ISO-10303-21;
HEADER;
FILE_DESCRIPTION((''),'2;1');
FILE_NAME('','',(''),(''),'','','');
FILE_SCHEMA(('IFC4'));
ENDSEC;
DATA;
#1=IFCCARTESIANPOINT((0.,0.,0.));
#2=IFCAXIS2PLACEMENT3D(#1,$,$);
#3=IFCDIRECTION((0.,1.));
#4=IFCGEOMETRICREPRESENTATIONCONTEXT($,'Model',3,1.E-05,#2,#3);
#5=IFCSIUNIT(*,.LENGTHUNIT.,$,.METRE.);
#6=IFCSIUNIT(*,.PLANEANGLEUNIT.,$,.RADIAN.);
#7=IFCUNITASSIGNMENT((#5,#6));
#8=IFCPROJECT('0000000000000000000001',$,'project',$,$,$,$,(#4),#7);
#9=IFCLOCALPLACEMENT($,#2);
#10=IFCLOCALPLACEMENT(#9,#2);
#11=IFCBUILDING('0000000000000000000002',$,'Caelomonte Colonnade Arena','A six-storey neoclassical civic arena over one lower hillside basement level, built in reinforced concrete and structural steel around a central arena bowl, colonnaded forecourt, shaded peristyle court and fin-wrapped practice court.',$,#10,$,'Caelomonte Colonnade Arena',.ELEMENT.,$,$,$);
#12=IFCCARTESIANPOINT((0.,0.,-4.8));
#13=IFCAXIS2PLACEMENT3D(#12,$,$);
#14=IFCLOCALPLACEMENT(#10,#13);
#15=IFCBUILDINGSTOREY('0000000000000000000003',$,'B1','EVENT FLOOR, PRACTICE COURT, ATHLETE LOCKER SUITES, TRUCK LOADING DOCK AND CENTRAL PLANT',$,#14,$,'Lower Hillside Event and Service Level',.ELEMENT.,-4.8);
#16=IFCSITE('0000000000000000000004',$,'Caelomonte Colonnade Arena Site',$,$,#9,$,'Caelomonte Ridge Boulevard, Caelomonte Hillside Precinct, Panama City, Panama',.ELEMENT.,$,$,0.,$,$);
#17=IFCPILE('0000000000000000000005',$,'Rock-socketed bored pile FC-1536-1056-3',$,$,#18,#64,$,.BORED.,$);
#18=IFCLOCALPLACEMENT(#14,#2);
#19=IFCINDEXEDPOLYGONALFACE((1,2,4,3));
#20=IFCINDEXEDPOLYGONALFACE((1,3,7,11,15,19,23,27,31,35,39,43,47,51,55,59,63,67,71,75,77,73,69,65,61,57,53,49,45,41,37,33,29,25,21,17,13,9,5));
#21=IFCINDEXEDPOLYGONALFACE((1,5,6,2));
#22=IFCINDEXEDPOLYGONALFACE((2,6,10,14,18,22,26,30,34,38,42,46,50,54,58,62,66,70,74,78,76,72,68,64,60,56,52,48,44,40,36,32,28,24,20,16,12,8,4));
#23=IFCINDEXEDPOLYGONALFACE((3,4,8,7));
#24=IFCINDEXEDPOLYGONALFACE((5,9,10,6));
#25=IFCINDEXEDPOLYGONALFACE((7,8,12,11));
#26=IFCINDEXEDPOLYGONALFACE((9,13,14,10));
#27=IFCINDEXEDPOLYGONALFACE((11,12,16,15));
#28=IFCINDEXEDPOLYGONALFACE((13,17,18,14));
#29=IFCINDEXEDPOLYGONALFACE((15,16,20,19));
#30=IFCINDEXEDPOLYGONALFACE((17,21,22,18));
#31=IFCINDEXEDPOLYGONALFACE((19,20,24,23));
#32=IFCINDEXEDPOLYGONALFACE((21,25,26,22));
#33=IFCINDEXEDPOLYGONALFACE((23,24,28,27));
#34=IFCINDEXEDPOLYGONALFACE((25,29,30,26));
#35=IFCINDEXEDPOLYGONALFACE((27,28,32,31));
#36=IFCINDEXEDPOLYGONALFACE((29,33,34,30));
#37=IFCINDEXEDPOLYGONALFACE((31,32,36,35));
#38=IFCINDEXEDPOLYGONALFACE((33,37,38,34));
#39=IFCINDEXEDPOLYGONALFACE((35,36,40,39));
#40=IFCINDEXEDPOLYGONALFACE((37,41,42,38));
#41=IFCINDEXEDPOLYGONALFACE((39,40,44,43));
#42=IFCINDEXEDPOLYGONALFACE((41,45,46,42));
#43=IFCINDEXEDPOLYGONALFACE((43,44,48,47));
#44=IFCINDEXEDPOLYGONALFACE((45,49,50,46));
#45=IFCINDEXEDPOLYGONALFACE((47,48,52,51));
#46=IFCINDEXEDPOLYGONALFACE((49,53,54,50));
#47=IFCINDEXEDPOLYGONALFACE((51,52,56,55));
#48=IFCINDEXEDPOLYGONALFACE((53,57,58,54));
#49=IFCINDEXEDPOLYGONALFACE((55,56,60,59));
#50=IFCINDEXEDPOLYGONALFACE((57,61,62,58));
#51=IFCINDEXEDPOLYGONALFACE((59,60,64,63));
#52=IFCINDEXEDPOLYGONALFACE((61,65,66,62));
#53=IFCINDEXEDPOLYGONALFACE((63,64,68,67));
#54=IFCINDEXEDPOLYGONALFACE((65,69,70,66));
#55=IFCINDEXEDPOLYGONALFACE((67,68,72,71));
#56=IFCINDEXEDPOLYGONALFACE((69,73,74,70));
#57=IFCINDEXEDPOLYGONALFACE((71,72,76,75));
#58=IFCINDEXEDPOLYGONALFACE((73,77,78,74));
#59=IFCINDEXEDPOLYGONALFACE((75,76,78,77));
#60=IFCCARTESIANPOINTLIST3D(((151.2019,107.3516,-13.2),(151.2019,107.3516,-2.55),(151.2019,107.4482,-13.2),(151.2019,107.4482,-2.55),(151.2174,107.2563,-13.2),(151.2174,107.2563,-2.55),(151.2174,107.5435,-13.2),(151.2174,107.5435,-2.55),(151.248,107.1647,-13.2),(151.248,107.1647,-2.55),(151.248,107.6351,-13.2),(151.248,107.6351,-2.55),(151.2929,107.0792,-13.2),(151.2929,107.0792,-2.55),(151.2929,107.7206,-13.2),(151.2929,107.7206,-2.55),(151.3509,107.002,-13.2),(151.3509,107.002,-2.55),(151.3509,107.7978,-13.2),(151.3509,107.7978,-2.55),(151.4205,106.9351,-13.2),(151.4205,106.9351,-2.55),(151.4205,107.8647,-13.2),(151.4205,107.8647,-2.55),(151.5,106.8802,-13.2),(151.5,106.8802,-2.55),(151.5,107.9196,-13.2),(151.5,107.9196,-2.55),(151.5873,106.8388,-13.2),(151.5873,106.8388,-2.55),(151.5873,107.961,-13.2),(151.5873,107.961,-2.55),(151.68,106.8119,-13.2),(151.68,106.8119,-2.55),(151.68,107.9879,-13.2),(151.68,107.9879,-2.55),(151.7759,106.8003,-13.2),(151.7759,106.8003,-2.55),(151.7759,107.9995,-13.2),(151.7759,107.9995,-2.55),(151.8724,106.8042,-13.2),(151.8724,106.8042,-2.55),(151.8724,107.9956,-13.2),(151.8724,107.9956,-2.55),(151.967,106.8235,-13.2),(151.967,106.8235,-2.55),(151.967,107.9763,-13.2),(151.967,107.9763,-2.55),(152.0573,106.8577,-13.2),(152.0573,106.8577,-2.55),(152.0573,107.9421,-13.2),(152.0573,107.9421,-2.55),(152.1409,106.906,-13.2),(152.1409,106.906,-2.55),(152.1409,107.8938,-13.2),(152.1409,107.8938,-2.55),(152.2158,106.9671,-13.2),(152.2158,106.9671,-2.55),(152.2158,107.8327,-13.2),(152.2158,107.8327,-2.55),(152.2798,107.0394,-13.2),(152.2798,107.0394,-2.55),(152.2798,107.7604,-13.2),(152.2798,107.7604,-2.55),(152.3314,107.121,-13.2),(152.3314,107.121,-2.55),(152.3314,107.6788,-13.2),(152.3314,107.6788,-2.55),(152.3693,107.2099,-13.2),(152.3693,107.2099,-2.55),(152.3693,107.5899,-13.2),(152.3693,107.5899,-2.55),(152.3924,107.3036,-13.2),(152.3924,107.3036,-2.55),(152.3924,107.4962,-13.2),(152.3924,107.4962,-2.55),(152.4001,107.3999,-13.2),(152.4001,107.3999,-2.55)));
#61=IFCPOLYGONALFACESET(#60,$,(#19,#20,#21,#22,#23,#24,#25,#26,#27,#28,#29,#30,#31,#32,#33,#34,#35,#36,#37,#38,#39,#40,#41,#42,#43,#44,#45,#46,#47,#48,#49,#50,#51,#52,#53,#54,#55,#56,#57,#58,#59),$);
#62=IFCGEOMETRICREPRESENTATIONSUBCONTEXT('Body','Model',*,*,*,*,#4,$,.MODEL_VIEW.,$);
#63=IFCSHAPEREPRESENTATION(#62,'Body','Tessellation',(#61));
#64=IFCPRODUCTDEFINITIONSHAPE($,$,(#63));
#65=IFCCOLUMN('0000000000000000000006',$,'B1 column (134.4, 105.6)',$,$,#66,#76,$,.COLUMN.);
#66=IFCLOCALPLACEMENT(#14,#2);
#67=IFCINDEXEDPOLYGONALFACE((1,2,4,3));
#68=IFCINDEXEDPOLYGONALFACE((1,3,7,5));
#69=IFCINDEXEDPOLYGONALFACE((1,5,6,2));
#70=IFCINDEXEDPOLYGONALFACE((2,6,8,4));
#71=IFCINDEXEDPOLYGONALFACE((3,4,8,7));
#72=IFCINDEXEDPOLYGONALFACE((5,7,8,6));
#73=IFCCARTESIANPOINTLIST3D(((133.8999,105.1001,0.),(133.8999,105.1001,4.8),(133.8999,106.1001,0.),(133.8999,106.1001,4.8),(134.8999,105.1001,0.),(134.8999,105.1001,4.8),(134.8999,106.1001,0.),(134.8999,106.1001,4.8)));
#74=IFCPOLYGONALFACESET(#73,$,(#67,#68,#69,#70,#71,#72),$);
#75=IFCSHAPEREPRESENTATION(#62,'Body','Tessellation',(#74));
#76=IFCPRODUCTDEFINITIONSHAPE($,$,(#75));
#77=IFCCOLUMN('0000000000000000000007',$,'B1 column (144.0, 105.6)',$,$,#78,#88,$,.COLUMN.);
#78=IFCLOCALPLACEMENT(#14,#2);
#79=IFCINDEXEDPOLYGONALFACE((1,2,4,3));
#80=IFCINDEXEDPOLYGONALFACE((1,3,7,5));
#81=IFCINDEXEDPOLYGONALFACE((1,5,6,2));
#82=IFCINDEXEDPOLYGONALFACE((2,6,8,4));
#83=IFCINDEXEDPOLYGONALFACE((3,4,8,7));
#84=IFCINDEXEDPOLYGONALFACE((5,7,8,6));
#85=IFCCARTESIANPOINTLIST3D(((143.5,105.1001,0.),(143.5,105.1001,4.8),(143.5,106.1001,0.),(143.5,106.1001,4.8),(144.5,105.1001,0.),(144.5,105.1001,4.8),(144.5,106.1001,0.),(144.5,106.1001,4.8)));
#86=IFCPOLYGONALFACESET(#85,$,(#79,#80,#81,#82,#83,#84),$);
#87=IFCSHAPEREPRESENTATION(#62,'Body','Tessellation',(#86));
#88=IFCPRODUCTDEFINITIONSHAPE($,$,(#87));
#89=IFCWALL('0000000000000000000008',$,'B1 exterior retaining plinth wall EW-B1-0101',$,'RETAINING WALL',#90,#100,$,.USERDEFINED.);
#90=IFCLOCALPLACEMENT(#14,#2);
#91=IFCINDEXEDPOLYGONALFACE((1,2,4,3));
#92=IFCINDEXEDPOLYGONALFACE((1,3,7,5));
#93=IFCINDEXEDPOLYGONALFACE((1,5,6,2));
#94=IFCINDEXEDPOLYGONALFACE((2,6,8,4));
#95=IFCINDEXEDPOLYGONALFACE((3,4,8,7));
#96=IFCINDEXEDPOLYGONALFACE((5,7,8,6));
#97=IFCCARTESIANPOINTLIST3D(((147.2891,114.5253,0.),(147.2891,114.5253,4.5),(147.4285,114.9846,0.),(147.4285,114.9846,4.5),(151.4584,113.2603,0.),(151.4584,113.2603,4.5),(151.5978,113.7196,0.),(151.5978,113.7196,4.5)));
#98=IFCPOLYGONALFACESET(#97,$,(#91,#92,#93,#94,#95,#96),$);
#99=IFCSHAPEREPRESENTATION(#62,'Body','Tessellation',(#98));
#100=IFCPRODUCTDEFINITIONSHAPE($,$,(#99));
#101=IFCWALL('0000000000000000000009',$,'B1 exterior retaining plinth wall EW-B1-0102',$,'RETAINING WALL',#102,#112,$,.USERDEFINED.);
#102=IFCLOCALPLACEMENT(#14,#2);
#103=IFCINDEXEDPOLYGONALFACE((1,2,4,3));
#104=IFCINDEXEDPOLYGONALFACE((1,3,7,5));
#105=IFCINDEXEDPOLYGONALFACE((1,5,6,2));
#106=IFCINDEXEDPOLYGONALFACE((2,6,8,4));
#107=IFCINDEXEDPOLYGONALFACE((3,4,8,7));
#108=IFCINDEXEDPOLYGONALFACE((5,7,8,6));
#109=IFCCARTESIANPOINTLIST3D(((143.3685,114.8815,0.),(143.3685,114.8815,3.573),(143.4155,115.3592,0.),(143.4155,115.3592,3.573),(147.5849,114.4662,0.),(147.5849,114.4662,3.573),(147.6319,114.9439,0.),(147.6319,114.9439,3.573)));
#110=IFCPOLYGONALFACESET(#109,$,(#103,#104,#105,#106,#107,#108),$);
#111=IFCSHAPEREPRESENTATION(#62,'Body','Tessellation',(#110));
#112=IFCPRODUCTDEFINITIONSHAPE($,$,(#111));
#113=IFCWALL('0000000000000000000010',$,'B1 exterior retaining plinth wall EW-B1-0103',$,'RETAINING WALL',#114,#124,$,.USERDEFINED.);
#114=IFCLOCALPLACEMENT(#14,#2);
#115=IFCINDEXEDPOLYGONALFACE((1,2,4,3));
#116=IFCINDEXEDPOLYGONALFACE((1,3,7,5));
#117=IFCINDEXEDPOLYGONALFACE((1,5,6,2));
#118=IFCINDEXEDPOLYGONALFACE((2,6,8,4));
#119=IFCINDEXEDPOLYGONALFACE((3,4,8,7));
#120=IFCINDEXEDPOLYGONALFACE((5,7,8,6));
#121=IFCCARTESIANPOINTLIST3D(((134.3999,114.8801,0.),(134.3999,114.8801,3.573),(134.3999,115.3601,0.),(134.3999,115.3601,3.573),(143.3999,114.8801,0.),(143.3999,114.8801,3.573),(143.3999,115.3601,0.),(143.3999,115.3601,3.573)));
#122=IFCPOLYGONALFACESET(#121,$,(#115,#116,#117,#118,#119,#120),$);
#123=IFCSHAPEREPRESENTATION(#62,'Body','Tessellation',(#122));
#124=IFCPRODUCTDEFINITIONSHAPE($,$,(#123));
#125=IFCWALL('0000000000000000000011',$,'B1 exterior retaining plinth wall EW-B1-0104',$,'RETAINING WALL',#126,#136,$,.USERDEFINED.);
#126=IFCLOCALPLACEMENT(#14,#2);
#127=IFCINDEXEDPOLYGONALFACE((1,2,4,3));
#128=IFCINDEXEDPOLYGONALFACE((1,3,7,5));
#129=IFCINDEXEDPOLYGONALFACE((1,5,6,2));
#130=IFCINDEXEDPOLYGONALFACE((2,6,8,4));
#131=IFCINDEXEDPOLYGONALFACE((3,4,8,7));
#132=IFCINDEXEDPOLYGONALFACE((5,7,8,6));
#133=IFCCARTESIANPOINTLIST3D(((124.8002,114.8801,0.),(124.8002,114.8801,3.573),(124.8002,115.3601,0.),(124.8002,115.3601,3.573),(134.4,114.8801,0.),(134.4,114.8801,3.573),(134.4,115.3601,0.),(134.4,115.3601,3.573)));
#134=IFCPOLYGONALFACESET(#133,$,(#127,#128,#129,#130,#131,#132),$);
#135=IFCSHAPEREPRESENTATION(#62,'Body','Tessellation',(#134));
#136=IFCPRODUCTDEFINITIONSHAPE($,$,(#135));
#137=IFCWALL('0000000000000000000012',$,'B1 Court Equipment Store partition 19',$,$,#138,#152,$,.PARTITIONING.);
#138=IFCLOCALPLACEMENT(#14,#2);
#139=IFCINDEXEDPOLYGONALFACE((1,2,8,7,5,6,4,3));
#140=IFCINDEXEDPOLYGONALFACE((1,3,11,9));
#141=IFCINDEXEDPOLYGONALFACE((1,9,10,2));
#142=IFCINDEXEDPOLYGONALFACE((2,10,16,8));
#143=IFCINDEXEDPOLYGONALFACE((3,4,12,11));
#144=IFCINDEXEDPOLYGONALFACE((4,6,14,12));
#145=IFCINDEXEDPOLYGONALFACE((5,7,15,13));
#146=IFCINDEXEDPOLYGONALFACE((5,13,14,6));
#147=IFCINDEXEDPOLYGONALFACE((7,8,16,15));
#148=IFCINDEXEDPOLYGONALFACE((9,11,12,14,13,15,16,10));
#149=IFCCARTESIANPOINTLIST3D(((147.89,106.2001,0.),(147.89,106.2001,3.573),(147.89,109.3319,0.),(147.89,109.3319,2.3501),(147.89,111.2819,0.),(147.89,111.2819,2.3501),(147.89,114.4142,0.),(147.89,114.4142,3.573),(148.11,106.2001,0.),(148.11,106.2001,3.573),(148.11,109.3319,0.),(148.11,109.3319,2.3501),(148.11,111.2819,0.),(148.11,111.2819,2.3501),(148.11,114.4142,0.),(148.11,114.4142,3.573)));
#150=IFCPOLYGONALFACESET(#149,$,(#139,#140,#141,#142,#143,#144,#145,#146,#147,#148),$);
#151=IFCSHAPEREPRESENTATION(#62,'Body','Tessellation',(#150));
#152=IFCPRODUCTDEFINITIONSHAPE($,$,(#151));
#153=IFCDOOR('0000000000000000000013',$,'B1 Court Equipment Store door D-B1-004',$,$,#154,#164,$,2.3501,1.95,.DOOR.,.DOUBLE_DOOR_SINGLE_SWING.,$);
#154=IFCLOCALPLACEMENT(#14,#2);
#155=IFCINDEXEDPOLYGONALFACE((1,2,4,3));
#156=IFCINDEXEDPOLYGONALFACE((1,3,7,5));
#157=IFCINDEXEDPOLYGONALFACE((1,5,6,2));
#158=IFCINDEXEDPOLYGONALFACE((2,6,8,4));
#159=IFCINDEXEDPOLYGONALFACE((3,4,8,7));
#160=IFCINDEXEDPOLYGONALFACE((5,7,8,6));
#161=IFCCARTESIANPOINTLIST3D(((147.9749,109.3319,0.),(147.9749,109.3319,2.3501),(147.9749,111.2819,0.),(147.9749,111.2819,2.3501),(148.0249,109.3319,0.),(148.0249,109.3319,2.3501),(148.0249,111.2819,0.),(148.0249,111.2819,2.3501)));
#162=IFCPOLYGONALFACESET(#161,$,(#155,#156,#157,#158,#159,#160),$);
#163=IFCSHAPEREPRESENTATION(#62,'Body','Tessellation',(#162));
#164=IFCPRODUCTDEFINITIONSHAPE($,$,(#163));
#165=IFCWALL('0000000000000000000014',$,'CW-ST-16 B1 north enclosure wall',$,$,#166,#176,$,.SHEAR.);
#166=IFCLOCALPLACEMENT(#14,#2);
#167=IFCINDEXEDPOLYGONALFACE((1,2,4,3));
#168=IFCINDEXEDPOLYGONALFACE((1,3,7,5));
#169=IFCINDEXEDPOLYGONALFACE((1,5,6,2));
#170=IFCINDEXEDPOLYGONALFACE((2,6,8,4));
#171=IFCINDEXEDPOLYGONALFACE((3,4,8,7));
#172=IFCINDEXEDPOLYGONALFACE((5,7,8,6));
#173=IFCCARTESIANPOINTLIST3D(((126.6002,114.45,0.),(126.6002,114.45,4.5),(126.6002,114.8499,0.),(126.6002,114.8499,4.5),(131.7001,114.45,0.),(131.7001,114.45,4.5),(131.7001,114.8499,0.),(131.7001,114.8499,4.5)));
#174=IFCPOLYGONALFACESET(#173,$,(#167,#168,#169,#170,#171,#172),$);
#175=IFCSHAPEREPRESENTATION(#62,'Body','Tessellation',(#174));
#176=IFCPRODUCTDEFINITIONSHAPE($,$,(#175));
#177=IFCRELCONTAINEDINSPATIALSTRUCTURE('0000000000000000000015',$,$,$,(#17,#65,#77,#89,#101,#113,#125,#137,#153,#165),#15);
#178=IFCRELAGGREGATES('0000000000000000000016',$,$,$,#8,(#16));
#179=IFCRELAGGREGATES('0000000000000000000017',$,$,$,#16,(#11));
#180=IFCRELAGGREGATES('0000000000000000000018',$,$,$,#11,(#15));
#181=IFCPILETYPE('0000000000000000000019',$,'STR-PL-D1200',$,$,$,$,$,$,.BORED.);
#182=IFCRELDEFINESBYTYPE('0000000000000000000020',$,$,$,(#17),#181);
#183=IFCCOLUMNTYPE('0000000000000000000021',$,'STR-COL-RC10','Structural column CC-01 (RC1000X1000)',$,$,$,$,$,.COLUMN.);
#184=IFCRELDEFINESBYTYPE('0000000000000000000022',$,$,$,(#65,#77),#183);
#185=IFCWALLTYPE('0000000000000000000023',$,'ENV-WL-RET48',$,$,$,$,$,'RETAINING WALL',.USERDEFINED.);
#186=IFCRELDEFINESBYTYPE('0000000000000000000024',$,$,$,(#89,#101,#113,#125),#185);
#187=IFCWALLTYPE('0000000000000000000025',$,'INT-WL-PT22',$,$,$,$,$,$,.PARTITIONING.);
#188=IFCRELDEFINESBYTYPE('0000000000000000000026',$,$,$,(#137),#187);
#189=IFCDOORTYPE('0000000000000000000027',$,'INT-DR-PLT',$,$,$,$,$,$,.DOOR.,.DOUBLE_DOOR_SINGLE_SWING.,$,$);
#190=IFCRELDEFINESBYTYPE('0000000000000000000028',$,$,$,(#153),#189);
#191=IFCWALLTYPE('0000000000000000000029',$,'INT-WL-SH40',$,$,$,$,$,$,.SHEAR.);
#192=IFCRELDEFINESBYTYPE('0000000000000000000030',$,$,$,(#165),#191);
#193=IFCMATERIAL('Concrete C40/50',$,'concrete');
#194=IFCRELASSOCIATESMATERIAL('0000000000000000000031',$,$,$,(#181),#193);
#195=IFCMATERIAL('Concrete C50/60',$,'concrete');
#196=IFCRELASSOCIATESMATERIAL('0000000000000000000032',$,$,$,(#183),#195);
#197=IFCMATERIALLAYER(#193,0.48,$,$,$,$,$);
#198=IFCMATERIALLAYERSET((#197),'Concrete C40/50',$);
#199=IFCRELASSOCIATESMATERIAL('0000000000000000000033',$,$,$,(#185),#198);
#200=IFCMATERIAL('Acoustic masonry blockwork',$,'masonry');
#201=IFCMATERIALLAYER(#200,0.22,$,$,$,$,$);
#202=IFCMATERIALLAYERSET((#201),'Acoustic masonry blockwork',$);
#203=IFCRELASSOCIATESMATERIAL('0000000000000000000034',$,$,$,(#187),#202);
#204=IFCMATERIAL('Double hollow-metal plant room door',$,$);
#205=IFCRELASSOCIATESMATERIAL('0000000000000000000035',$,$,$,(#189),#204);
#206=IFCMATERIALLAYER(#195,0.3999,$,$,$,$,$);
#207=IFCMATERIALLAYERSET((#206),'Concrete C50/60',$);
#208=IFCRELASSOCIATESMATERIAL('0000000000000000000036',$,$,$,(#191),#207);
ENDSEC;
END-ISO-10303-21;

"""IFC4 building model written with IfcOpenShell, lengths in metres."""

from ifc_helpers import new_model, si_unit, direction, frame, frame_2d, origin, origin_2d, place, context, subcontext, project, spatial, rectangle, circle, extrude, material, layer, layer_set, material_profile, profile_set, type_object, element, fill, save


model = new_model("IFC4")

# Units and contexts
model_context = context("Model", 3, precision=1e-05, world=origin(), true_north=direction((0.0, 1.0)))
body_context = subcontext(model_context, "Body", "Model", "MODEL_VIEW")
ifc_project = project(units=[si_unit("LENGTHUNIT", "METRE"), si_unit("PLANEANGLEUNIT", "RADIAN")], contexts=[model_context])

# Site, building, storey
site_placement = place(None, origin())
site = spatial("IfcSite", under=ifc_project, at=site_placement, Name="Caelomonte Colonnade Arena Site", LongName="Caelomonte Ridge Boulevard, Caelomonte Hillside Precinct, Panama City, Panama", CompositionType="ELEMENT", RefElevation=0.0)
building_placement = place(site_placement, origin())
building = spatial("IfcBuilding", under=site, at=building_placement, Name="Caelomonte Colonnade Arena", Description="A six-storey neoclassical civic arena over one lower hillside basement level, built in reinforced concrete and structural steel around a central arena bowl, colonnaded forecourt, shaded peristyle court and fin-wrapped practice court.", LongName="Caelomonte Colonnade Arena", CompositionType="ELEMENT")
storey_placement = place(building_placement, frame((0.0, 0.0, -4.8)))
storey = spatial("IfcBuildingStorey", under=building, at=storey_placement, Name="B1", Description="EVENT FLOOR, PRACTICE COURT, ATHLETE LOCKER SUITES, TRUCK LOADING DOCK AND CENTRAL PLANT", LongName="Lower Hillside Event and Service Level", CompositionType="ELEMENT", Elevation=-4.8)

# Shared definitions
ifc_material_1 = material(Name="Concrete C40/50", Category="concrete")

# Pile
ifc_material_profile_1 = material_profile(ifc_material_1, circle(Radius=0.6001, at=origin_2d()), Name="PILE-D1200")
ifc_profile_set_1 = profile_set([ifc_material_profile_1], Name="Concrete C40/50")
pile_type_1 = type_object("IfcPileType", Name="STR-PL-D1200", PredefinedType="BORED", material=ifc_profile_set_1)
for number, where, z_axis, x_axis, name in (
    (1, (151.8, 107.3999, -2.55), (0.0, 0.0, -1.0), (1.0, 0.0, 0.0), "Rock-socketed bored pile FC-1536-1056-3"),
):
    element("IfcPile", number, at=place(storey_placement, frame(where, z_axis=z_axis, x_axis=x_axis)), inside=storey, type_object=pile_type_1, Name=name, PredefinedType="BORED", context=body_context, shape_type="SweptSolid", body=[
        extrude(circle(Radius=0.6001, at=origin_2d()), origin(), (0.0, 0.0, 1.0), 10.6499),
    ])

# Columns
ifc_material_2 = material(Name="Concrete C50/60", Category="concrete")
ifc_material_profile_2 = material_profile(ifc_material_2, rectangle(XDim=1.0, YDim=1.0, at=origin_2d()), Name="RC1000X1000")
ifc_profile_set_2 = profile_set([ifc_material_profile_2], Name="Concrete C50/60")
column_type = type_object("IfcColumnType", Name="STR-COL-RC10", Description="Structural column CC-01 (RC1000X1000)", PredefinedType="COLUMN", material=ifc_profile_set_2)
for number, where, z_axis, x_axis, name in (
    (2, (134.3999, 105.6001, 0.0), (0.0, 0.0, 1.0), (1.0, 0.0, 0.0), "B1 column (134.4, 105.6)"),
    (3, (144.0, 105.6001, 0.0), (0.0, 0.0, 1.0), (1.0, 0.0, 0.0), "B1 column (144.0, 105.6)"),
):
    element("IfcColumn", number, at=place(storey_placement, frame(where, z_axis=z_axis, x_axis=x_axis)), inside=storey, type_object=column_type, Name=name, PredefinedType="COLUMN", context=body_context, shape_type="SweptSolid", body=[
        extrude(rectangle(XDim=1.0, YDim=1.0, at=origin_2d()), origin(), (0.0, 0.0, 1.0), 4.8),
    ])

# Walls
ifc_layer_1 = layer(ifc_material_1, 0.48)
ifc_layer_set_1 = layer_set([ifc_layer_1], Name="Concrete C40/50")
wall_type_1 = type_object("IfcWallType", Name="ENV-WL-RET48", ElementType="RETAINING WALL", PredefinedType="USERDEFINED", material=ifc_layer_set_1)
wall_1_placement = place(storey_placement, frame((151.5281, 113.49, 0.0), z_axis=(0.0, 0.0, 1.0), x_axis=(-0.956929, 0.290323, 0.0)))
element("IfcWall", 4, at=wall_1_placement, inside=storey, type_object=wall_type_1, Name="B1 exterior retaining plinth wall EW-B1-0101", ObjectType="RETAINING WALL", PredefinedType="USERDEFINED", context=body_context, shape_type="SweptSolid", body=[
    extrude(rectangle(XDim=4.3569, YDim=0.48, at=frame_2d((2.1785, 0.0))), origin(), (0.0, 0.0, 1.0), 4.5),
])
wall_2_placement = place(storey_placement, frame((147.6084, 114.7051, 0.0), z_axis=(0.0, 0.0, 1.0), x_axis=(-0.995184, 0.09802, 0.0)))
element("IfcWall", 5, at=wall_2_placement, inside=storey, type_object=wall_type_1, Name="B1 exterior retaining plinth wall EW-B1-0102", ObjectType="RETAINING WALL", PredefinedType="USERDEFINED", context=body_context, shape_type="SweptSolid", body=[
    extrude(rectangle(XDim=4.2368, YDim=0.48, at=frame_2d((2.1184, 0.0))), origin(), (0.0, 0.0, 1.0), 3.573),
])
wall_3_placement = place(storey_placement, frame((143.3999, 115.1201, 0.0), z_axis=(0.0, 0.0, 1.0), x_axis=(-1.0, 0.0, 0.0)))
element("IfcWall", 6, at=wall_3_placement, inside=storey, type_object=wall_type_1, Name="B1 exterior retaining plinth wall EW-B1-0103", ObjectType="RETAINING WALL", PredefinedType="USERDEFINED", context=body_context, shape_type="SweptSolid", body=[
    extrude(rectangle(XDim=9.0, YDim=0.48, at=frame_2d((4.5, 0.0))), origin(), (0.0, 0.0, 1.0), 3.573),
])
wall_4_placement = place(storey_placement, frame((134.3999, 115.1201, 0.0), z_axis=(0.0, 0.0, 1.0), x_axis=(-1.0, 0.0, 0.0)))
element("IfcWall", 7, at=wall_4_placement, inside=storey, type_object=wall_type_1, Name="B1 exterior retaining plinth wall EW-B1-0104", ObjectType="RETAINING WALL", PredefinedType="USERDEFINED", context=body_context, shape_type="SweptSolid", body=[
    extrude(rectangle(XDim=9.5999, YDim=0.48, at=frame_2d((4.7998, 0.0))), origin(), (0.0, 0.0, 1.0), 3.573),
])

# Wall, opening, door
ifc_material_3 = material(Name="Acoustic masonry blockwork", Category="masonry")
ifc_layer_2 = layer(ifc_material_3, 0.22)
ifc_layer_set_2 = layer_set([ifc_layer_2], Name="Acoustic masonry blockwork")
wall_type_2 = type_object("IfcWallType", Name="INT-WL-PT22", PredefinedType="PARTITIONING", material=ifc_layer_set_2)
wall_5_placement = place(storey_placement, frame((148.0, 114.4141, 0.0), z_axis=(0.0, 0.0, 1.0), x_axis=(0.0, -1.0, 0.0)))
wall_5 = element("IfcWall", 8, at=wall_5_placement, inside=storey, type_object=wall_type_2, Name="B1 Court Equipment Store partition 19", PredefinedType="PARTITIONING", context=body_context, shape_type="SweptSolid", body=[
    extrude(rectangle(XDim=8.2141, YDim=0.22, at=frame_2d((4.1069, 0.0))), origin(), (0.0, 0.0, 1.0), 3.573),
])
opening_placement = place(wall_5_placement, frame((3.1321, 0.0, 0.0), z_axis=(0.0, 0.0, 1.0), x_axis=(1.0, 0.0, 0.0)))
opening = element("IfcOpeningElement", 9, at=opening_placement, cuts=wall_5, PredefinedType="OPENING", context=body_context, shape_type="SweptSolid", body=[
    extrude(rectangle(XDim=1.95, YDim=2.3501, at=frame_2d((0.9751, 1.175))), frame((0.0, 0.1199, 0.0), z_axis=(0.0, -1.0, 0.0), x_axis=(1.0, 0.0, 0.0)), (0.0, 0.0, 1.0), 0.24),
])
ifc_material_4 = material(Name="Double hollow-metal plant room door")
door_type = type_object("IfcDoorType", Name="INT-DR-PLT", OperationType="DOUBLE_DOOR_SINGLE_SWING", PredefinedType="DOOR", material=ifc_material_4)
door_placement = place(opening_placement, origin())
door = element("IfcDoor", 10, at=door_placement, inside=storey, type_object=door_type, Name="B1 Court Equipment Store door D-B1-004", OperationType="DOUBLE_DOOR_SINGLE_SWING", OverallHeight=2.3501, OverallWidth=1.95, PredefinedType="DOOR", context=body_context, shape_type="SweptSolid", body=[
    extrude(rectangle(XDim=1.95, YDim=2.3501, at=frame_2d((0.9751, 1.175))), frame((0.0, 0.0249, 0.0), z_axis=(0.0, -1.0, 0.0), x_axis=(1.0, 0.0, 0.0)), (0.0, 0.0, 1.0), 0.05),
])
fill(opening, door)

# Wall
ifc_layer_3 = layer(ifc_material_2, 0.3999)
ifc_layer_set_3 = layer_set([ifc_layer_3], Name="Concrete C50/60")
wall_type_3 = type_object("IfcWallType", Name="INT-WL-SH40", PredefinedType="SHEAR", material=ifc_layer_set_3)
wall_6_placement = place(storey_placement, frame((131.7, 114.6499, 0.0), z_axis=(0.0, 0.0, 1.0), x_axis=(-1.0, 0.0, 0.0)))
element("IfcWall", 11, at=wall_6_placement, inside=storey, type_object=wall_type_3, Name="CW-ST-16 B1 north enclosure wall", PredefinedType="SHEAR", context=body_context, shape_type="SweptSolid", body=[
    extrude(rectangle(XDim=5.0999, YDim=0.3999, at=frame_2d((2.5498, 0.0))), origin(), (0.0, 0.0, 1.0), 4.5),
])

save(model, "model.ifc")
